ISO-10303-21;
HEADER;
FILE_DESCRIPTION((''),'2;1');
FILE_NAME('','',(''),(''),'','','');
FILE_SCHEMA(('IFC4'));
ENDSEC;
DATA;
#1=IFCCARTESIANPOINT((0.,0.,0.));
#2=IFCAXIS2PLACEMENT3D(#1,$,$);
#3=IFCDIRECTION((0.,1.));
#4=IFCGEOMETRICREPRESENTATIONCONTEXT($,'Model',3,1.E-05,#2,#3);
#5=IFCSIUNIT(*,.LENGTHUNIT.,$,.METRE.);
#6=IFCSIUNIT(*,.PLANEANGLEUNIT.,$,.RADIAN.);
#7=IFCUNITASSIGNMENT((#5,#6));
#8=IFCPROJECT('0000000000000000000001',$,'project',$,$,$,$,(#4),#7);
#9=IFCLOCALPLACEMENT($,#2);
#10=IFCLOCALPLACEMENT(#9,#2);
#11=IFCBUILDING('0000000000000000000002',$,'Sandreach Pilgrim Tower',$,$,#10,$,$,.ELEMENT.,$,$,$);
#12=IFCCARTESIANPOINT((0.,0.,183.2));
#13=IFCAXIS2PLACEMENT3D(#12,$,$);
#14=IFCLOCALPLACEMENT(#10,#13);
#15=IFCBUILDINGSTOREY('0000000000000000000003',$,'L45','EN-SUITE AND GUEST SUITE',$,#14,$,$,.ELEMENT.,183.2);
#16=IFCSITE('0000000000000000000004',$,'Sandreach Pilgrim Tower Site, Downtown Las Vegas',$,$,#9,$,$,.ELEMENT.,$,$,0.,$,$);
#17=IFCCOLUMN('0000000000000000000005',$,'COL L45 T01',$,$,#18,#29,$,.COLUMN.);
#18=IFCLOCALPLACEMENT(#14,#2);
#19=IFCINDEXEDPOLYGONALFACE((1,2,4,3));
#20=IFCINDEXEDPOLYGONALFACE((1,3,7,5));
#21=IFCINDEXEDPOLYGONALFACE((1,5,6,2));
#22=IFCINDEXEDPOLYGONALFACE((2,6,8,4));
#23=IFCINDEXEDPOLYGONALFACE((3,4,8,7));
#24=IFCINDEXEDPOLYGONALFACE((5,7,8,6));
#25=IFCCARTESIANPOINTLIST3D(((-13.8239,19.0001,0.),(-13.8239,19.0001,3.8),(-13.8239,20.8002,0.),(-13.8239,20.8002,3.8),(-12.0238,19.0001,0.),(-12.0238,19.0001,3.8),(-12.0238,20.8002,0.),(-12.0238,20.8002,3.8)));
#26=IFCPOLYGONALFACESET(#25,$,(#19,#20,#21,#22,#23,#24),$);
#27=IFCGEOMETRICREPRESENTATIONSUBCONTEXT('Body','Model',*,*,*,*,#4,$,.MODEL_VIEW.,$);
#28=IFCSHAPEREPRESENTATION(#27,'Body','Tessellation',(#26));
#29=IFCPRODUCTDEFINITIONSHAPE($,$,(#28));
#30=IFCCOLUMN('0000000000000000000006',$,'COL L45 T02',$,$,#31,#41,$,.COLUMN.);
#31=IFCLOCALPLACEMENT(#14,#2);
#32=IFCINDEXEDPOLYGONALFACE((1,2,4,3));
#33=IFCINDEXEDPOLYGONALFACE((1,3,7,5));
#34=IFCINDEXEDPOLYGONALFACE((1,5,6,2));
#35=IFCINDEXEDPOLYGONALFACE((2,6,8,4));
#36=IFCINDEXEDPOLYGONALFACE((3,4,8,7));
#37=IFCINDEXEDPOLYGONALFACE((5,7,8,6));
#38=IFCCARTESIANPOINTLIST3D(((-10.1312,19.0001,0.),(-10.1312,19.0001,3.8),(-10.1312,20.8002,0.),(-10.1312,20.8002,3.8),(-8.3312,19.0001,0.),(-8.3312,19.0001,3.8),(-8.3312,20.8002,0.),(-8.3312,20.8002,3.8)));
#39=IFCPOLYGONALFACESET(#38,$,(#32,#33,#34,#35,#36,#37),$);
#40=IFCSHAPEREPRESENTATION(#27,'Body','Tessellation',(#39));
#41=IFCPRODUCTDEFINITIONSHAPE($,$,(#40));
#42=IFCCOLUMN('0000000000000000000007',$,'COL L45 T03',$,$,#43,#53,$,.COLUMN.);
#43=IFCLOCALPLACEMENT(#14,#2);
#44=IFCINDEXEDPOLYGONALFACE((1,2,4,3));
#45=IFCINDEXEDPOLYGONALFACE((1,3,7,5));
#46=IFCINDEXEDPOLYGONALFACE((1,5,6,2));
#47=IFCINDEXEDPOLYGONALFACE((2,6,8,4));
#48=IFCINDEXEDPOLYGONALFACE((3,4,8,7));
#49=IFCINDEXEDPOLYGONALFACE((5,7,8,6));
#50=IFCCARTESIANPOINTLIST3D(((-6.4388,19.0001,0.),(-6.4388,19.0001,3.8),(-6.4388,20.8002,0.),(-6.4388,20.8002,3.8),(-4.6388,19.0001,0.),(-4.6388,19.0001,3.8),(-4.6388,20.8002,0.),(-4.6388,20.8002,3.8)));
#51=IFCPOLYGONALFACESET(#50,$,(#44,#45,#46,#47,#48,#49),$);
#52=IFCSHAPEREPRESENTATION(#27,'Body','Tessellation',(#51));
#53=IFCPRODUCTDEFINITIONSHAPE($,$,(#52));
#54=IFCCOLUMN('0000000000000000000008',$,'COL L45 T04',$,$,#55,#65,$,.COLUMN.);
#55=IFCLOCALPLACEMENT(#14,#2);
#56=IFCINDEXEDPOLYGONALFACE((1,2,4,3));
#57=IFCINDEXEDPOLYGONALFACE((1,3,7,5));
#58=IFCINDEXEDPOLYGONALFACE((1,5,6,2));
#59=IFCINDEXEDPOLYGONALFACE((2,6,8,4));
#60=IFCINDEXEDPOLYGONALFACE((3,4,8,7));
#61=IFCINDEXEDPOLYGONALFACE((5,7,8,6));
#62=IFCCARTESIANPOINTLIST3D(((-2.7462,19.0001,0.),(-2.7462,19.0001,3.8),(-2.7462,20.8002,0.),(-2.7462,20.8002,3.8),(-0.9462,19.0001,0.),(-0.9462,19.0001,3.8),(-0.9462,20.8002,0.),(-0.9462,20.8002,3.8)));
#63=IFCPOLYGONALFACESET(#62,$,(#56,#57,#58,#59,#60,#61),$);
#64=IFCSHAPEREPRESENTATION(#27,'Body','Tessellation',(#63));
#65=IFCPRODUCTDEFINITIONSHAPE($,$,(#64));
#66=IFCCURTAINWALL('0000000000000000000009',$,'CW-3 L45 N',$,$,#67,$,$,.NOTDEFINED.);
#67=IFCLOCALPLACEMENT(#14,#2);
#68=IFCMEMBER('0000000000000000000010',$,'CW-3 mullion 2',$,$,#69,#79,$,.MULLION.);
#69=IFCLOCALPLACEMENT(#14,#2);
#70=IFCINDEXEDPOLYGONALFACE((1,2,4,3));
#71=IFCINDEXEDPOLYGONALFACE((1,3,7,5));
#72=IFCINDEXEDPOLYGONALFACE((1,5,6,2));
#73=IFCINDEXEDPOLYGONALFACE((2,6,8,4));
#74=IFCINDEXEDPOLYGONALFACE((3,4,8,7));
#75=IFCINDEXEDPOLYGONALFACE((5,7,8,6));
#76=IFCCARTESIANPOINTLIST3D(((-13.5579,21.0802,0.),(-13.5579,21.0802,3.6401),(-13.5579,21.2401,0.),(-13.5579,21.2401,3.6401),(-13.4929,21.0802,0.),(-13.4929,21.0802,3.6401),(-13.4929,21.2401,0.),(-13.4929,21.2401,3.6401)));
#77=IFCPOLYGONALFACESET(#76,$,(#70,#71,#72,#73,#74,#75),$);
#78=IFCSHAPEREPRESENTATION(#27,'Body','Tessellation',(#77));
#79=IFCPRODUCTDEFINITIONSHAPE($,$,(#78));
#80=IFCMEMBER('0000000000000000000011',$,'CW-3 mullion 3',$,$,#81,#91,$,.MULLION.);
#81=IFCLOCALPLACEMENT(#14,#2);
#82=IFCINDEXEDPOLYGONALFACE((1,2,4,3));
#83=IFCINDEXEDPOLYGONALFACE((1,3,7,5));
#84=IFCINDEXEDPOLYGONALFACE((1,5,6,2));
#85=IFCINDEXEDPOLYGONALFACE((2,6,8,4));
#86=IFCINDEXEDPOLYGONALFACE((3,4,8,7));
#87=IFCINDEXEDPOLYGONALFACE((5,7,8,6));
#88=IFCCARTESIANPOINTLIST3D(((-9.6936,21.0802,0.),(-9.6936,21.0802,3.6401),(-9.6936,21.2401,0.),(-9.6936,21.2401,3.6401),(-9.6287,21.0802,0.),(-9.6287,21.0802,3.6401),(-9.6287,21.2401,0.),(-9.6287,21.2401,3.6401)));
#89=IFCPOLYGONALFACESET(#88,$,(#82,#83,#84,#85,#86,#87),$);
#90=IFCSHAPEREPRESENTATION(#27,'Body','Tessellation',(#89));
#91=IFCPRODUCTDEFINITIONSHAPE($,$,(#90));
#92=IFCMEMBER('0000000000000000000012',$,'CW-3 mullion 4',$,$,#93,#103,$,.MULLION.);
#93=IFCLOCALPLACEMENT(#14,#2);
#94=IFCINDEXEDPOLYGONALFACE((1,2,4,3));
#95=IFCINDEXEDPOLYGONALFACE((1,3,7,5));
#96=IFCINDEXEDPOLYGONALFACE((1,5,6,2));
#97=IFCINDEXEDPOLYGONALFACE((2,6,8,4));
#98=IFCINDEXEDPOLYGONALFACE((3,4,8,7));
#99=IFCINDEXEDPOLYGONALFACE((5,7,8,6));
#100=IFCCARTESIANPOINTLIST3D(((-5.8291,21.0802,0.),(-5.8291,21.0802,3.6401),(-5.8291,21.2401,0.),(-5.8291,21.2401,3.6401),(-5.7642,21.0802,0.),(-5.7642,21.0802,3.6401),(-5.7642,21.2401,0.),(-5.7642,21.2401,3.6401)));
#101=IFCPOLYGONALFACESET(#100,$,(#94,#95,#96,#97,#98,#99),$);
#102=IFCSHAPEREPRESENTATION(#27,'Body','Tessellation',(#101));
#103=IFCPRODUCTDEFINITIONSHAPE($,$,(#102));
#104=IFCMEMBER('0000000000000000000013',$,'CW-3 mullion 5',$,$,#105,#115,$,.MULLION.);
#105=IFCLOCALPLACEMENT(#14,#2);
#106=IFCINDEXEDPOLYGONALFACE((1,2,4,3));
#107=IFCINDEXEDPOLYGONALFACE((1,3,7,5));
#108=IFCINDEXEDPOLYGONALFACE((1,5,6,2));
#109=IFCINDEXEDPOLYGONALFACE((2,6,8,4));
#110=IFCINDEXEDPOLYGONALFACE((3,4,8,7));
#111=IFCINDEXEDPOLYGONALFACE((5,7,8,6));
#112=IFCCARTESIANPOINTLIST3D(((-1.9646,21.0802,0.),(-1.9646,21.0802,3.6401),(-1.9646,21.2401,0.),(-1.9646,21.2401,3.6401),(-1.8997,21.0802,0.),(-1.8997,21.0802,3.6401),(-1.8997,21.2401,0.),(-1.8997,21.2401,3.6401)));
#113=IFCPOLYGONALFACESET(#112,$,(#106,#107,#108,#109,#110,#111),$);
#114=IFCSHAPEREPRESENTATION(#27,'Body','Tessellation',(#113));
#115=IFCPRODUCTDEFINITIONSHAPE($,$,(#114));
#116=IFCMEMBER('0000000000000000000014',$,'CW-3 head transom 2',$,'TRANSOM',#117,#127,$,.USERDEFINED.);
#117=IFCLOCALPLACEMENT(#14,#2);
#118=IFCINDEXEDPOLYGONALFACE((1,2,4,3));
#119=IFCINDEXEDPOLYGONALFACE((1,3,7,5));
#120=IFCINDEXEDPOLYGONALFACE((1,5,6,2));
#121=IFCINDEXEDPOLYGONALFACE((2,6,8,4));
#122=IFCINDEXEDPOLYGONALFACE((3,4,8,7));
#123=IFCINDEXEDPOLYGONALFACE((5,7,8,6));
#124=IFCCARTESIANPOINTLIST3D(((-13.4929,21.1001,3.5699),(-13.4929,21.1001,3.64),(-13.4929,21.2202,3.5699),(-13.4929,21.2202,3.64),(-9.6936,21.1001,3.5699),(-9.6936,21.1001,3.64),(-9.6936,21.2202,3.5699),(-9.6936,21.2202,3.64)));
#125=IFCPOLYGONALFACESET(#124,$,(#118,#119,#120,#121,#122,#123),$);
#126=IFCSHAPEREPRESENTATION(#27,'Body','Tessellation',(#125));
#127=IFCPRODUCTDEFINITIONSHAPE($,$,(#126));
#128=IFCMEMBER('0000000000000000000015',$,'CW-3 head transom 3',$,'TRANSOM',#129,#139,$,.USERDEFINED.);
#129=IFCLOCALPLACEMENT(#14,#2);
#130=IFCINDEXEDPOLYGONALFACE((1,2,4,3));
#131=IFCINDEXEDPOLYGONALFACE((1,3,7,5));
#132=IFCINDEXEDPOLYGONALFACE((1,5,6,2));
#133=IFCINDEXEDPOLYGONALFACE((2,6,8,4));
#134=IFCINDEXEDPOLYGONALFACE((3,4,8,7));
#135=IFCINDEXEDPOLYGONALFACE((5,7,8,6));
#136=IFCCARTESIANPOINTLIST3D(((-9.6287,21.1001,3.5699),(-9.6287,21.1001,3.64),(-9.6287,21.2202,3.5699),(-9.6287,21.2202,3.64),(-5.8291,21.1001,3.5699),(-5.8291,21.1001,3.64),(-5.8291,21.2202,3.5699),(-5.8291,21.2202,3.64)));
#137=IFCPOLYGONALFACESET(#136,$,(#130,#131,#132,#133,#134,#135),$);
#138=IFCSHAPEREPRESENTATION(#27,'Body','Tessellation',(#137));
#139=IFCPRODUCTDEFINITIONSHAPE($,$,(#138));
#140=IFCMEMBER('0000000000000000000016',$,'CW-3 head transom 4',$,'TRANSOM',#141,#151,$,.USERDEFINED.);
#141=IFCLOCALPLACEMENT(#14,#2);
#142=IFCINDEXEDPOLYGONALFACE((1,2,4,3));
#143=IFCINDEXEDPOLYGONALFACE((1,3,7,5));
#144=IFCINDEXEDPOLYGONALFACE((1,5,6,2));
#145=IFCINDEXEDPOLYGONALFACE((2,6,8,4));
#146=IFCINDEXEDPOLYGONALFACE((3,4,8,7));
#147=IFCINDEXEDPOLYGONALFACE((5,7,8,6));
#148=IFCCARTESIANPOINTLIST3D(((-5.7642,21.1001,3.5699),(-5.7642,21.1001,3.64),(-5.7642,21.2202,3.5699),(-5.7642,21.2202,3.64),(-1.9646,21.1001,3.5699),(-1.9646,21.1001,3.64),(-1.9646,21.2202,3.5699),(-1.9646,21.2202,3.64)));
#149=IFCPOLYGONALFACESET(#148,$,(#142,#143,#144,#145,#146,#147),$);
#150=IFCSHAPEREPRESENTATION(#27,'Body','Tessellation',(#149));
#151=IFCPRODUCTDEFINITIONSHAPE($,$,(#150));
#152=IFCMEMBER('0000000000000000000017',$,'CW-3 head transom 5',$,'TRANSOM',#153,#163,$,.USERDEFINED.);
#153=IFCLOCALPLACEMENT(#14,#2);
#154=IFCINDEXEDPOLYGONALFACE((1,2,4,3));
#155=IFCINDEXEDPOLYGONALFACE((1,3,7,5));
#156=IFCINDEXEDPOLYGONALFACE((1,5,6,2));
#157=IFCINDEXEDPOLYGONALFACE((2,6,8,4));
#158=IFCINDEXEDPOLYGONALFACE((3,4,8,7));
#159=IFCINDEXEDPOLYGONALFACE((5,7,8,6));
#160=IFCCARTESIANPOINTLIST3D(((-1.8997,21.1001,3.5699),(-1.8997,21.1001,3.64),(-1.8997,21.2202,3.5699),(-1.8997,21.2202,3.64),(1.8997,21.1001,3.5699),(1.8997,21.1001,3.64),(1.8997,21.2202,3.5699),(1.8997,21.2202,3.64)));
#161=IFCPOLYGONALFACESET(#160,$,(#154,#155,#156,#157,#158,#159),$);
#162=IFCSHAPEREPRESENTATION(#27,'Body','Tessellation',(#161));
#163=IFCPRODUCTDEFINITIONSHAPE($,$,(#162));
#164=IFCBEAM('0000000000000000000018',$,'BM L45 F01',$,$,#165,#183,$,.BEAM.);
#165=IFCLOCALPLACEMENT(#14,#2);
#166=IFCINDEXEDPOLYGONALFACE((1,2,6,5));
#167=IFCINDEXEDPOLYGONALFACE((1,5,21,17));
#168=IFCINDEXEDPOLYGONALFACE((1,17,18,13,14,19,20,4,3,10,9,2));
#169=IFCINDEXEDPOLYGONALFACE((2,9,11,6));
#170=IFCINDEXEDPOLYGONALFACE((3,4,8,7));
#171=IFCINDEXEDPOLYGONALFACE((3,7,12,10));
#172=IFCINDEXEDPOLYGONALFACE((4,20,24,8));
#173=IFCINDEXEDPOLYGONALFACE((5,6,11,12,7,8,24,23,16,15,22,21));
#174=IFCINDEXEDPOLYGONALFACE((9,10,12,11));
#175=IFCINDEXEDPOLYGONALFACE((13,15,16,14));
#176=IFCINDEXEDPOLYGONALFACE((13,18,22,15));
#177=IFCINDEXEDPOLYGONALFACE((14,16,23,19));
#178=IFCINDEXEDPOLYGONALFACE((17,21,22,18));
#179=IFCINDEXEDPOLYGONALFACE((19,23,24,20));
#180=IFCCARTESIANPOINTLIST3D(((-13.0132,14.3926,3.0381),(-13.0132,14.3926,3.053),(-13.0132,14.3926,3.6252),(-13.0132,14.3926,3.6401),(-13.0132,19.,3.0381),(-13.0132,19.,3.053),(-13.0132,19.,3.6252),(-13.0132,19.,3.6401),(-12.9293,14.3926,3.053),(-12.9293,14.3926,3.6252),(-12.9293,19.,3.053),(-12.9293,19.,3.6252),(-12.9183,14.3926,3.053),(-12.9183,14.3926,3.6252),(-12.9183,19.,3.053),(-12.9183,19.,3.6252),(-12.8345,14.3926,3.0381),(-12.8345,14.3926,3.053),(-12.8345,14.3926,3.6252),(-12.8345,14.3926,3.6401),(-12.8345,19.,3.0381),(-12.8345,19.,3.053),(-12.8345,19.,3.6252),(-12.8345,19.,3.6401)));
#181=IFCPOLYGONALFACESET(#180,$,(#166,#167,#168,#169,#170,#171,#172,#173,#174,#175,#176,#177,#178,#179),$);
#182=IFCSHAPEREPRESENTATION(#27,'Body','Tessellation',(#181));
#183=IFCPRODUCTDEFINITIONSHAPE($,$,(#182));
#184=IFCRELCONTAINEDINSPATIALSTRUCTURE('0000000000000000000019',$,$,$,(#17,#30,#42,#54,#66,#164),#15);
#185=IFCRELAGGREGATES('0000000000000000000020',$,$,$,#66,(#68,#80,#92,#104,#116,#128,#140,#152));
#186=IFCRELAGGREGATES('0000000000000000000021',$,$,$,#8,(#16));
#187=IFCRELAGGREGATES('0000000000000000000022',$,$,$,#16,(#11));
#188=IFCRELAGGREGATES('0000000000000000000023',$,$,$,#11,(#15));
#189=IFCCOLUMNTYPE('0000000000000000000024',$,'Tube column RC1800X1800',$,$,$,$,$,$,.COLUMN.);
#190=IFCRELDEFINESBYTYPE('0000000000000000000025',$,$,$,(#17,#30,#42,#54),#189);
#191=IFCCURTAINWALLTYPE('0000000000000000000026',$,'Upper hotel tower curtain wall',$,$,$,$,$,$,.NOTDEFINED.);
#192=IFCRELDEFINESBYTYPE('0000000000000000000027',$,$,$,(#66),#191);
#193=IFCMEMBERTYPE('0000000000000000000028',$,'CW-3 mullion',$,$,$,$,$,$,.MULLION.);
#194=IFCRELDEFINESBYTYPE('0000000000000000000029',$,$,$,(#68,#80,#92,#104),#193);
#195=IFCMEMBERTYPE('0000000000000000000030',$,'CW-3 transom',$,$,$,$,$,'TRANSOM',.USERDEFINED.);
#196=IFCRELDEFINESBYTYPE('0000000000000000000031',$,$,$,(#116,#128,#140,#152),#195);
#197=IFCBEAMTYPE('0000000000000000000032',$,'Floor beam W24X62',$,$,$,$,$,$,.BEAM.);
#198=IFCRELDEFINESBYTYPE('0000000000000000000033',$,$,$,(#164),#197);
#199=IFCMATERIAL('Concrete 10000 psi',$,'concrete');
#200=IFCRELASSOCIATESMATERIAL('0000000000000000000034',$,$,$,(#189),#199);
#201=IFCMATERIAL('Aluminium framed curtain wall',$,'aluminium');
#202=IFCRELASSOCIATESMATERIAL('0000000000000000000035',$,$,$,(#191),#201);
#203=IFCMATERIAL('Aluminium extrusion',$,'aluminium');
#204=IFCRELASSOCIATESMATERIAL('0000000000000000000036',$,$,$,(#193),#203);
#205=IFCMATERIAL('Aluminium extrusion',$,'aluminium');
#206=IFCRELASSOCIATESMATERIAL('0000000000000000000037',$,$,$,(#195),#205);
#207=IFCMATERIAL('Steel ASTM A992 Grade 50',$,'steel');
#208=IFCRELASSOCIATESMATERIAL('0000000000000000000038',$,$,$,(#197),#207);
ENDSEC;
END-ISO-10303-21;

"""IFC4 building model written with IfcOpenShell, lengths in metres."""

from ifc_helpers import new_model, si_unit, direction, frame, origin, origin_2d, place, context, subcontext, project, spatial, rectangle, i_section, extrude, material, material_profile, profile_set, type_object, element, aggregate, save


model = new_model("IFC4")

# Units and contexts
model_context = context("Model", 3, precision=1e-05, world=origin(), true_north=direction((0.0, 1.0)))
body_context = subcontext(model_context, "Body", "Model", "MODEL_VIEW")
ifc_project = project(units=[si_unit("LENGTHUNIT", "METRE"), si_unit("PLANEANGLEUNIT", "RADIAN")], contexts=[model_context])

# Site, building, storey
site_placement = place(None, origin())
site = spatial("IfcSite", under=ifc_project, at=site_placement, Name="Sandreach Pilgrim Tower Site, Downtown Las Vegas", CompositionType="ELEMENT", RefElevation=0.0)
building_placement = place(site_placement, origin())
building = spatial("IfcBuilding", under=site, at=building_placement, Name="Sandreach Pilgrim Tower", CompositionType="ELEMENT")
storey_placement = place(building_placement, frame((0.0, 0.0, 183.2)))
storey = spatial("IfcBuildingStorey", under=building, at=storey_placement, Name="L45", Description="EN-SUITE AND GUEST SUITE", CompositionType="ELEMENT", Elevation=183.2)

# Columns
ifc_material_1 = material(Name="Concrete 10000 psi", Category="concrete")
ifc_material_profile_1 = material_profile(ifc_material_1, rectangle(XDim=1.8, YDim=1.8, at=origin_2d()), Name="RC1800X1800")
ifc_profile_set_1 = profile_set([ifc_material_profile_1], Name="Concrete 10000 psi")
column_type = type_object("IfcColumnType", Name="Tube column RC1800X1800", PredefinedType="COLUMN", material=ifc_profile_set_1)
for number, where, z_axis, x_axis, name in (
    (1, (-12.9238, 19.9001, 0.0), (0.0, 0.0, 1.0), (0.0, 1.0, 0.0), "COL L45 T01"),
    (2, (-9.2312, 19.9001, 0.0), (0.0, 0.0, 1.0), (0.0, 1.0, 0.0), "COL L45 T02"),
    (3, (-5.5388, 19.9001, 0.0), (0.0, 0.0, 1.0), (0.0, 1.0, 0.0), "COL L45 T03"),
    (4, (-1.8462, 19.9001, 0.0), (0.0, 0.0, 1.0), (0.0, 1.0, 0.0), "COL L45 T04"),
):
    element("IfcColumn", number, at=place(storey_placement, frame(where, z_axis=z_axis, x_axis=x_axis)), inside=storey, type_object=column_type, Name=name, PredefinedType="COLUMN", context=body_context, shape_type="SweptSolid", body=[
        extrude(rectangle(XDim=1.8, YDim=1.8, at=origin_2d()), origin(), (0.0, 0.0, 1.0), 3.8),
    ])

# Curtain wall, members
ifc_material_2 = material(Name="Aluminium framed curtain wall", Category="aluminium")
curtain_wall_type = type_object("IfcCurtainWallType", Name="Upper hotel tower curtain wall", PredefinedType="NOTDEFINED", material=ifc_material_2)
curtain_wall_placement = place(storey_placement, origin())
curtain_wall = element("IfcCurtainWall", 5, at=curtain_wall_placement, inside=storey, type_object=curtain_wall_type, Name="CW-3 L45 N", PredefinedType="NOTDEFINED")
ifc_material_3 = material(Name="Aluminium extrusion", Category="aluminium")
ifc_material_profile_2 = material_profile(ifc_material_3, rectangle(XDim=0.0649, YDim=0.1599, at=origin_2d()), Name="CW-3M 65X160")
ifc_profile_set_2 = profile_set([ifc_material_profile_2], Name="Aluminium extrusion")
member_type_1 = type_object("IfcMemberType", Name="CW-3 mullion", PredefinedType="MULLION", material=ifc_profile_set_2)
member_1_placement = place(storey_placement, frame((-13.5254, 21.1602, 0.0), z_axis=(0.0, 0.0, 1.0), x_axis=(1.0, 0.0, 0.0)))
member_1 = element("IfcMember", 6, at=member_1_placement, type_object=member_type_1, Name="CW-3 mullion 2", PredefinedType="MULLION", context=body_context, shape_type="SweptSolid", body=[
    extrude(rectangle(XDim=0.0649, YDim=0.1599, at=origin_2d()), origin(), (0.0, 0.0, 1.0), 3.6401),
])
member_2_placement = place(storey_placement, frame((-9.6611, 21.1602, 0.0), z_axis=(0.0, 0.0, 1.0), x_axis=(1.0, 0.0, 0.0)))
member_2 = element("IfcMember", 7, at=member_2_placement, type_object=member_type_1, Name="CW-3 mullion 3", PredefinedType="MULLION", context=body_context, shape_type="SweptSolid", body=[
    extrude(rectangle(XDim=0.0649, YDim=0.1599, at=origin_2d()), origin(), (0.0, 0.0, 1.0), 3.6401),
])
member_3_placement = place(storey_placement, frame((-5.7966, 21.1602, 0.0), z_axis=(0.0, 0.0, 1.0), x_axis=(1.0, 0.0, 0.0)))
member_3 = element("IfcMember", 8, at=member_3_placement, type_object=member_type_1, Name="CW-3 mullion 4", PredefinedType="MULLION", context=body_context, shape_type="SweptSolid", body=[
    extrude(rectangle(XDim=0.0649, YDim=0.1599, at=origin_2d()), origin(), (0.0, 0.0, 1.0), 3.6401),
])
member_4_placement = place(storey_placement, frame((-1.9321, 21.1602, 0.0), z_axis=(0.0, 0.0, 1.0), x_axis=(1.0, 0.0, 0.0)))
member_4 = element("IfcMember", 9, at=member_4_placement, type_object=member_type_1, Name="CW-3 mullion 5", PredefinedType="MULLION", context=body_context, shape_type="SweptSolid", body=[
    extrude(rectangle(XDim=0.0649, YDim=0.1599, at=origin_2d()), origin(), (0.0, 0.0, 1.0), 3.6401),
])
ifc_material_4 = material(Name="Aluminium extrusion", Category="aluminium")
ifc_material_profile_3 = material_profile(ifc_material_4, rectangle(XDim=0.1201, YDim=0.0701, at=origin_2d()), Name="CW-3T 120X70")
ifc_profile_set_3 = profile_set([ifc_material_profile_3], Name="Aluminium extrusion")
member_type_2 = type_object("IfcMemberType", Name="CW-3 transom", ElementType="TRANSOM", PredefinedType="USERDEFINED", material=ifc_profile_set_3)
member_5_placement = place(storey_placement, frame((-13.4929, 21.1602, 3.605), z_axis=(1.0, 0.0, 0.0), x_axis=(0.0, 1.0, 0.0)))
member_5 = element("IfcMember", 10, at=member_5_placement, type_object=member_type_2, Name="CW-3 head transom 2", ObjectType="TRANSOM", PredefinedType="USERDEFINED", context=body_context, shape_type="SweptSolid", body=[
    extrude(rectangle(XDim=0.1201, YDim=0.0701, at=origin_2d()), origin(), (0.0, 0.0, 1.0), 3.7993),
])
member_6_placement = place(storey_placement, frame((-9.6287, 21.1602, 3.605), z_axis=(1.0, 0.0, 0.0), x_axis=(0.0, 1.0, 0.0)))
member_6 = element("IfcMember", 11, at=member_6_placement, type_object=member_type_2, Name="CW-3 head transom 3", ObjectType="TRANSOM", PredefinedType="USERDEFINED", context=body_context, shape_type="SweptSolid", body=[
    extrude(rectangle(XDim=0.1201, YDim=0.0701, at=origin_2d()), origin(), (0.0, 0.0, 1.0), 3.7996),
])
member_7_placement = place(storey_placement, frame((-5.7642, 21.1602, 3.605), z_axis=(1.0, 0.0, 0.0), x_axis=(0.0, 1.0, 0.0)))
member_7 = element("IfcMember", 12, at=member_7_placement, type_object=member_type_2, Name="CW-3 head transom 4", ObjectType="TRANSOM", PredefinedType="USERDEFINED", context=body_context, shape_type="SweptSolid", body=[
    extrude(rectangle(XDim=0.1201, YDim=0.0701, at=origin_2d()), origin(), (0.0, 0.0, 1.0), 3.7996),
])
member_8_placement = place(storey_placement, frame((-1.8997, 21.1602, 3.605), z_axis=(1.0, 0.0, 0.0), x_axis=(0.0, 1.0, 0.0)))
member_8 = element("IfcMember", 13, at=member_8_placement, type_object=member_type_2, Name="CW-3 head transom 5", ObjectType="TRANSOM", PredefinedType="USERDEFINED", context=body_context, shape_type="SweptSolid", body=[
    extrude(rectangle(XDim=0.1201, YDim=0.0701, at=origin_2d()), origin(), (0.0, 0.0, 1.0), 3.7993),
])

# Beam
ifc_material_5 = material(Name="Steel ASTM A992 Grade 50", Category="steel")
ifc_material_profile_4 = material_profile(ifc_material_5, i_section(OverallWidth=0.1787, OverallDepth=0.6021, WebThickness=0.011, FlangeThickness=0.0149, at=origin_2d()), Name="W24X62")
ifc_profile_set_4 = profile_set([ifc_material_profile_4], Name="Steel ASTM A992 Grade 50")
beam_type_1 = type_object("IfcBeamType", Name="Floor beam W24X62", PredefinedType="BEAM", material=ifc_profile_set_4)
beam_1_placement = place(storey_placement, frame((-12.9238, 19.0, 3.3391), z_axis=(0.0, -1.0, 0.0), x_axis=(1.0, 0.0, 0.0)))
element("IfcBeam", 14, at=beam_1_placement, inside=storey, type_object=beam_type_1, Name="BM L45 F01", PredefinedType="BEAM", context=body_context, shape_type="SweptSolid", body=[
    extrude(i_section(OverallWidth=0.1787, OverallDepth=0.6021, WebThickness=0.011, FlangeThickness=0.0149, at=origin_2d()), origin(), (0.0, 0.0, 1.0), 4.6074),
])

aggregate(curtain_wall, [member_1, member_2, member_3, member_4, member_5, member_6, member_7, member_8])

save(model, "model.ifc")
